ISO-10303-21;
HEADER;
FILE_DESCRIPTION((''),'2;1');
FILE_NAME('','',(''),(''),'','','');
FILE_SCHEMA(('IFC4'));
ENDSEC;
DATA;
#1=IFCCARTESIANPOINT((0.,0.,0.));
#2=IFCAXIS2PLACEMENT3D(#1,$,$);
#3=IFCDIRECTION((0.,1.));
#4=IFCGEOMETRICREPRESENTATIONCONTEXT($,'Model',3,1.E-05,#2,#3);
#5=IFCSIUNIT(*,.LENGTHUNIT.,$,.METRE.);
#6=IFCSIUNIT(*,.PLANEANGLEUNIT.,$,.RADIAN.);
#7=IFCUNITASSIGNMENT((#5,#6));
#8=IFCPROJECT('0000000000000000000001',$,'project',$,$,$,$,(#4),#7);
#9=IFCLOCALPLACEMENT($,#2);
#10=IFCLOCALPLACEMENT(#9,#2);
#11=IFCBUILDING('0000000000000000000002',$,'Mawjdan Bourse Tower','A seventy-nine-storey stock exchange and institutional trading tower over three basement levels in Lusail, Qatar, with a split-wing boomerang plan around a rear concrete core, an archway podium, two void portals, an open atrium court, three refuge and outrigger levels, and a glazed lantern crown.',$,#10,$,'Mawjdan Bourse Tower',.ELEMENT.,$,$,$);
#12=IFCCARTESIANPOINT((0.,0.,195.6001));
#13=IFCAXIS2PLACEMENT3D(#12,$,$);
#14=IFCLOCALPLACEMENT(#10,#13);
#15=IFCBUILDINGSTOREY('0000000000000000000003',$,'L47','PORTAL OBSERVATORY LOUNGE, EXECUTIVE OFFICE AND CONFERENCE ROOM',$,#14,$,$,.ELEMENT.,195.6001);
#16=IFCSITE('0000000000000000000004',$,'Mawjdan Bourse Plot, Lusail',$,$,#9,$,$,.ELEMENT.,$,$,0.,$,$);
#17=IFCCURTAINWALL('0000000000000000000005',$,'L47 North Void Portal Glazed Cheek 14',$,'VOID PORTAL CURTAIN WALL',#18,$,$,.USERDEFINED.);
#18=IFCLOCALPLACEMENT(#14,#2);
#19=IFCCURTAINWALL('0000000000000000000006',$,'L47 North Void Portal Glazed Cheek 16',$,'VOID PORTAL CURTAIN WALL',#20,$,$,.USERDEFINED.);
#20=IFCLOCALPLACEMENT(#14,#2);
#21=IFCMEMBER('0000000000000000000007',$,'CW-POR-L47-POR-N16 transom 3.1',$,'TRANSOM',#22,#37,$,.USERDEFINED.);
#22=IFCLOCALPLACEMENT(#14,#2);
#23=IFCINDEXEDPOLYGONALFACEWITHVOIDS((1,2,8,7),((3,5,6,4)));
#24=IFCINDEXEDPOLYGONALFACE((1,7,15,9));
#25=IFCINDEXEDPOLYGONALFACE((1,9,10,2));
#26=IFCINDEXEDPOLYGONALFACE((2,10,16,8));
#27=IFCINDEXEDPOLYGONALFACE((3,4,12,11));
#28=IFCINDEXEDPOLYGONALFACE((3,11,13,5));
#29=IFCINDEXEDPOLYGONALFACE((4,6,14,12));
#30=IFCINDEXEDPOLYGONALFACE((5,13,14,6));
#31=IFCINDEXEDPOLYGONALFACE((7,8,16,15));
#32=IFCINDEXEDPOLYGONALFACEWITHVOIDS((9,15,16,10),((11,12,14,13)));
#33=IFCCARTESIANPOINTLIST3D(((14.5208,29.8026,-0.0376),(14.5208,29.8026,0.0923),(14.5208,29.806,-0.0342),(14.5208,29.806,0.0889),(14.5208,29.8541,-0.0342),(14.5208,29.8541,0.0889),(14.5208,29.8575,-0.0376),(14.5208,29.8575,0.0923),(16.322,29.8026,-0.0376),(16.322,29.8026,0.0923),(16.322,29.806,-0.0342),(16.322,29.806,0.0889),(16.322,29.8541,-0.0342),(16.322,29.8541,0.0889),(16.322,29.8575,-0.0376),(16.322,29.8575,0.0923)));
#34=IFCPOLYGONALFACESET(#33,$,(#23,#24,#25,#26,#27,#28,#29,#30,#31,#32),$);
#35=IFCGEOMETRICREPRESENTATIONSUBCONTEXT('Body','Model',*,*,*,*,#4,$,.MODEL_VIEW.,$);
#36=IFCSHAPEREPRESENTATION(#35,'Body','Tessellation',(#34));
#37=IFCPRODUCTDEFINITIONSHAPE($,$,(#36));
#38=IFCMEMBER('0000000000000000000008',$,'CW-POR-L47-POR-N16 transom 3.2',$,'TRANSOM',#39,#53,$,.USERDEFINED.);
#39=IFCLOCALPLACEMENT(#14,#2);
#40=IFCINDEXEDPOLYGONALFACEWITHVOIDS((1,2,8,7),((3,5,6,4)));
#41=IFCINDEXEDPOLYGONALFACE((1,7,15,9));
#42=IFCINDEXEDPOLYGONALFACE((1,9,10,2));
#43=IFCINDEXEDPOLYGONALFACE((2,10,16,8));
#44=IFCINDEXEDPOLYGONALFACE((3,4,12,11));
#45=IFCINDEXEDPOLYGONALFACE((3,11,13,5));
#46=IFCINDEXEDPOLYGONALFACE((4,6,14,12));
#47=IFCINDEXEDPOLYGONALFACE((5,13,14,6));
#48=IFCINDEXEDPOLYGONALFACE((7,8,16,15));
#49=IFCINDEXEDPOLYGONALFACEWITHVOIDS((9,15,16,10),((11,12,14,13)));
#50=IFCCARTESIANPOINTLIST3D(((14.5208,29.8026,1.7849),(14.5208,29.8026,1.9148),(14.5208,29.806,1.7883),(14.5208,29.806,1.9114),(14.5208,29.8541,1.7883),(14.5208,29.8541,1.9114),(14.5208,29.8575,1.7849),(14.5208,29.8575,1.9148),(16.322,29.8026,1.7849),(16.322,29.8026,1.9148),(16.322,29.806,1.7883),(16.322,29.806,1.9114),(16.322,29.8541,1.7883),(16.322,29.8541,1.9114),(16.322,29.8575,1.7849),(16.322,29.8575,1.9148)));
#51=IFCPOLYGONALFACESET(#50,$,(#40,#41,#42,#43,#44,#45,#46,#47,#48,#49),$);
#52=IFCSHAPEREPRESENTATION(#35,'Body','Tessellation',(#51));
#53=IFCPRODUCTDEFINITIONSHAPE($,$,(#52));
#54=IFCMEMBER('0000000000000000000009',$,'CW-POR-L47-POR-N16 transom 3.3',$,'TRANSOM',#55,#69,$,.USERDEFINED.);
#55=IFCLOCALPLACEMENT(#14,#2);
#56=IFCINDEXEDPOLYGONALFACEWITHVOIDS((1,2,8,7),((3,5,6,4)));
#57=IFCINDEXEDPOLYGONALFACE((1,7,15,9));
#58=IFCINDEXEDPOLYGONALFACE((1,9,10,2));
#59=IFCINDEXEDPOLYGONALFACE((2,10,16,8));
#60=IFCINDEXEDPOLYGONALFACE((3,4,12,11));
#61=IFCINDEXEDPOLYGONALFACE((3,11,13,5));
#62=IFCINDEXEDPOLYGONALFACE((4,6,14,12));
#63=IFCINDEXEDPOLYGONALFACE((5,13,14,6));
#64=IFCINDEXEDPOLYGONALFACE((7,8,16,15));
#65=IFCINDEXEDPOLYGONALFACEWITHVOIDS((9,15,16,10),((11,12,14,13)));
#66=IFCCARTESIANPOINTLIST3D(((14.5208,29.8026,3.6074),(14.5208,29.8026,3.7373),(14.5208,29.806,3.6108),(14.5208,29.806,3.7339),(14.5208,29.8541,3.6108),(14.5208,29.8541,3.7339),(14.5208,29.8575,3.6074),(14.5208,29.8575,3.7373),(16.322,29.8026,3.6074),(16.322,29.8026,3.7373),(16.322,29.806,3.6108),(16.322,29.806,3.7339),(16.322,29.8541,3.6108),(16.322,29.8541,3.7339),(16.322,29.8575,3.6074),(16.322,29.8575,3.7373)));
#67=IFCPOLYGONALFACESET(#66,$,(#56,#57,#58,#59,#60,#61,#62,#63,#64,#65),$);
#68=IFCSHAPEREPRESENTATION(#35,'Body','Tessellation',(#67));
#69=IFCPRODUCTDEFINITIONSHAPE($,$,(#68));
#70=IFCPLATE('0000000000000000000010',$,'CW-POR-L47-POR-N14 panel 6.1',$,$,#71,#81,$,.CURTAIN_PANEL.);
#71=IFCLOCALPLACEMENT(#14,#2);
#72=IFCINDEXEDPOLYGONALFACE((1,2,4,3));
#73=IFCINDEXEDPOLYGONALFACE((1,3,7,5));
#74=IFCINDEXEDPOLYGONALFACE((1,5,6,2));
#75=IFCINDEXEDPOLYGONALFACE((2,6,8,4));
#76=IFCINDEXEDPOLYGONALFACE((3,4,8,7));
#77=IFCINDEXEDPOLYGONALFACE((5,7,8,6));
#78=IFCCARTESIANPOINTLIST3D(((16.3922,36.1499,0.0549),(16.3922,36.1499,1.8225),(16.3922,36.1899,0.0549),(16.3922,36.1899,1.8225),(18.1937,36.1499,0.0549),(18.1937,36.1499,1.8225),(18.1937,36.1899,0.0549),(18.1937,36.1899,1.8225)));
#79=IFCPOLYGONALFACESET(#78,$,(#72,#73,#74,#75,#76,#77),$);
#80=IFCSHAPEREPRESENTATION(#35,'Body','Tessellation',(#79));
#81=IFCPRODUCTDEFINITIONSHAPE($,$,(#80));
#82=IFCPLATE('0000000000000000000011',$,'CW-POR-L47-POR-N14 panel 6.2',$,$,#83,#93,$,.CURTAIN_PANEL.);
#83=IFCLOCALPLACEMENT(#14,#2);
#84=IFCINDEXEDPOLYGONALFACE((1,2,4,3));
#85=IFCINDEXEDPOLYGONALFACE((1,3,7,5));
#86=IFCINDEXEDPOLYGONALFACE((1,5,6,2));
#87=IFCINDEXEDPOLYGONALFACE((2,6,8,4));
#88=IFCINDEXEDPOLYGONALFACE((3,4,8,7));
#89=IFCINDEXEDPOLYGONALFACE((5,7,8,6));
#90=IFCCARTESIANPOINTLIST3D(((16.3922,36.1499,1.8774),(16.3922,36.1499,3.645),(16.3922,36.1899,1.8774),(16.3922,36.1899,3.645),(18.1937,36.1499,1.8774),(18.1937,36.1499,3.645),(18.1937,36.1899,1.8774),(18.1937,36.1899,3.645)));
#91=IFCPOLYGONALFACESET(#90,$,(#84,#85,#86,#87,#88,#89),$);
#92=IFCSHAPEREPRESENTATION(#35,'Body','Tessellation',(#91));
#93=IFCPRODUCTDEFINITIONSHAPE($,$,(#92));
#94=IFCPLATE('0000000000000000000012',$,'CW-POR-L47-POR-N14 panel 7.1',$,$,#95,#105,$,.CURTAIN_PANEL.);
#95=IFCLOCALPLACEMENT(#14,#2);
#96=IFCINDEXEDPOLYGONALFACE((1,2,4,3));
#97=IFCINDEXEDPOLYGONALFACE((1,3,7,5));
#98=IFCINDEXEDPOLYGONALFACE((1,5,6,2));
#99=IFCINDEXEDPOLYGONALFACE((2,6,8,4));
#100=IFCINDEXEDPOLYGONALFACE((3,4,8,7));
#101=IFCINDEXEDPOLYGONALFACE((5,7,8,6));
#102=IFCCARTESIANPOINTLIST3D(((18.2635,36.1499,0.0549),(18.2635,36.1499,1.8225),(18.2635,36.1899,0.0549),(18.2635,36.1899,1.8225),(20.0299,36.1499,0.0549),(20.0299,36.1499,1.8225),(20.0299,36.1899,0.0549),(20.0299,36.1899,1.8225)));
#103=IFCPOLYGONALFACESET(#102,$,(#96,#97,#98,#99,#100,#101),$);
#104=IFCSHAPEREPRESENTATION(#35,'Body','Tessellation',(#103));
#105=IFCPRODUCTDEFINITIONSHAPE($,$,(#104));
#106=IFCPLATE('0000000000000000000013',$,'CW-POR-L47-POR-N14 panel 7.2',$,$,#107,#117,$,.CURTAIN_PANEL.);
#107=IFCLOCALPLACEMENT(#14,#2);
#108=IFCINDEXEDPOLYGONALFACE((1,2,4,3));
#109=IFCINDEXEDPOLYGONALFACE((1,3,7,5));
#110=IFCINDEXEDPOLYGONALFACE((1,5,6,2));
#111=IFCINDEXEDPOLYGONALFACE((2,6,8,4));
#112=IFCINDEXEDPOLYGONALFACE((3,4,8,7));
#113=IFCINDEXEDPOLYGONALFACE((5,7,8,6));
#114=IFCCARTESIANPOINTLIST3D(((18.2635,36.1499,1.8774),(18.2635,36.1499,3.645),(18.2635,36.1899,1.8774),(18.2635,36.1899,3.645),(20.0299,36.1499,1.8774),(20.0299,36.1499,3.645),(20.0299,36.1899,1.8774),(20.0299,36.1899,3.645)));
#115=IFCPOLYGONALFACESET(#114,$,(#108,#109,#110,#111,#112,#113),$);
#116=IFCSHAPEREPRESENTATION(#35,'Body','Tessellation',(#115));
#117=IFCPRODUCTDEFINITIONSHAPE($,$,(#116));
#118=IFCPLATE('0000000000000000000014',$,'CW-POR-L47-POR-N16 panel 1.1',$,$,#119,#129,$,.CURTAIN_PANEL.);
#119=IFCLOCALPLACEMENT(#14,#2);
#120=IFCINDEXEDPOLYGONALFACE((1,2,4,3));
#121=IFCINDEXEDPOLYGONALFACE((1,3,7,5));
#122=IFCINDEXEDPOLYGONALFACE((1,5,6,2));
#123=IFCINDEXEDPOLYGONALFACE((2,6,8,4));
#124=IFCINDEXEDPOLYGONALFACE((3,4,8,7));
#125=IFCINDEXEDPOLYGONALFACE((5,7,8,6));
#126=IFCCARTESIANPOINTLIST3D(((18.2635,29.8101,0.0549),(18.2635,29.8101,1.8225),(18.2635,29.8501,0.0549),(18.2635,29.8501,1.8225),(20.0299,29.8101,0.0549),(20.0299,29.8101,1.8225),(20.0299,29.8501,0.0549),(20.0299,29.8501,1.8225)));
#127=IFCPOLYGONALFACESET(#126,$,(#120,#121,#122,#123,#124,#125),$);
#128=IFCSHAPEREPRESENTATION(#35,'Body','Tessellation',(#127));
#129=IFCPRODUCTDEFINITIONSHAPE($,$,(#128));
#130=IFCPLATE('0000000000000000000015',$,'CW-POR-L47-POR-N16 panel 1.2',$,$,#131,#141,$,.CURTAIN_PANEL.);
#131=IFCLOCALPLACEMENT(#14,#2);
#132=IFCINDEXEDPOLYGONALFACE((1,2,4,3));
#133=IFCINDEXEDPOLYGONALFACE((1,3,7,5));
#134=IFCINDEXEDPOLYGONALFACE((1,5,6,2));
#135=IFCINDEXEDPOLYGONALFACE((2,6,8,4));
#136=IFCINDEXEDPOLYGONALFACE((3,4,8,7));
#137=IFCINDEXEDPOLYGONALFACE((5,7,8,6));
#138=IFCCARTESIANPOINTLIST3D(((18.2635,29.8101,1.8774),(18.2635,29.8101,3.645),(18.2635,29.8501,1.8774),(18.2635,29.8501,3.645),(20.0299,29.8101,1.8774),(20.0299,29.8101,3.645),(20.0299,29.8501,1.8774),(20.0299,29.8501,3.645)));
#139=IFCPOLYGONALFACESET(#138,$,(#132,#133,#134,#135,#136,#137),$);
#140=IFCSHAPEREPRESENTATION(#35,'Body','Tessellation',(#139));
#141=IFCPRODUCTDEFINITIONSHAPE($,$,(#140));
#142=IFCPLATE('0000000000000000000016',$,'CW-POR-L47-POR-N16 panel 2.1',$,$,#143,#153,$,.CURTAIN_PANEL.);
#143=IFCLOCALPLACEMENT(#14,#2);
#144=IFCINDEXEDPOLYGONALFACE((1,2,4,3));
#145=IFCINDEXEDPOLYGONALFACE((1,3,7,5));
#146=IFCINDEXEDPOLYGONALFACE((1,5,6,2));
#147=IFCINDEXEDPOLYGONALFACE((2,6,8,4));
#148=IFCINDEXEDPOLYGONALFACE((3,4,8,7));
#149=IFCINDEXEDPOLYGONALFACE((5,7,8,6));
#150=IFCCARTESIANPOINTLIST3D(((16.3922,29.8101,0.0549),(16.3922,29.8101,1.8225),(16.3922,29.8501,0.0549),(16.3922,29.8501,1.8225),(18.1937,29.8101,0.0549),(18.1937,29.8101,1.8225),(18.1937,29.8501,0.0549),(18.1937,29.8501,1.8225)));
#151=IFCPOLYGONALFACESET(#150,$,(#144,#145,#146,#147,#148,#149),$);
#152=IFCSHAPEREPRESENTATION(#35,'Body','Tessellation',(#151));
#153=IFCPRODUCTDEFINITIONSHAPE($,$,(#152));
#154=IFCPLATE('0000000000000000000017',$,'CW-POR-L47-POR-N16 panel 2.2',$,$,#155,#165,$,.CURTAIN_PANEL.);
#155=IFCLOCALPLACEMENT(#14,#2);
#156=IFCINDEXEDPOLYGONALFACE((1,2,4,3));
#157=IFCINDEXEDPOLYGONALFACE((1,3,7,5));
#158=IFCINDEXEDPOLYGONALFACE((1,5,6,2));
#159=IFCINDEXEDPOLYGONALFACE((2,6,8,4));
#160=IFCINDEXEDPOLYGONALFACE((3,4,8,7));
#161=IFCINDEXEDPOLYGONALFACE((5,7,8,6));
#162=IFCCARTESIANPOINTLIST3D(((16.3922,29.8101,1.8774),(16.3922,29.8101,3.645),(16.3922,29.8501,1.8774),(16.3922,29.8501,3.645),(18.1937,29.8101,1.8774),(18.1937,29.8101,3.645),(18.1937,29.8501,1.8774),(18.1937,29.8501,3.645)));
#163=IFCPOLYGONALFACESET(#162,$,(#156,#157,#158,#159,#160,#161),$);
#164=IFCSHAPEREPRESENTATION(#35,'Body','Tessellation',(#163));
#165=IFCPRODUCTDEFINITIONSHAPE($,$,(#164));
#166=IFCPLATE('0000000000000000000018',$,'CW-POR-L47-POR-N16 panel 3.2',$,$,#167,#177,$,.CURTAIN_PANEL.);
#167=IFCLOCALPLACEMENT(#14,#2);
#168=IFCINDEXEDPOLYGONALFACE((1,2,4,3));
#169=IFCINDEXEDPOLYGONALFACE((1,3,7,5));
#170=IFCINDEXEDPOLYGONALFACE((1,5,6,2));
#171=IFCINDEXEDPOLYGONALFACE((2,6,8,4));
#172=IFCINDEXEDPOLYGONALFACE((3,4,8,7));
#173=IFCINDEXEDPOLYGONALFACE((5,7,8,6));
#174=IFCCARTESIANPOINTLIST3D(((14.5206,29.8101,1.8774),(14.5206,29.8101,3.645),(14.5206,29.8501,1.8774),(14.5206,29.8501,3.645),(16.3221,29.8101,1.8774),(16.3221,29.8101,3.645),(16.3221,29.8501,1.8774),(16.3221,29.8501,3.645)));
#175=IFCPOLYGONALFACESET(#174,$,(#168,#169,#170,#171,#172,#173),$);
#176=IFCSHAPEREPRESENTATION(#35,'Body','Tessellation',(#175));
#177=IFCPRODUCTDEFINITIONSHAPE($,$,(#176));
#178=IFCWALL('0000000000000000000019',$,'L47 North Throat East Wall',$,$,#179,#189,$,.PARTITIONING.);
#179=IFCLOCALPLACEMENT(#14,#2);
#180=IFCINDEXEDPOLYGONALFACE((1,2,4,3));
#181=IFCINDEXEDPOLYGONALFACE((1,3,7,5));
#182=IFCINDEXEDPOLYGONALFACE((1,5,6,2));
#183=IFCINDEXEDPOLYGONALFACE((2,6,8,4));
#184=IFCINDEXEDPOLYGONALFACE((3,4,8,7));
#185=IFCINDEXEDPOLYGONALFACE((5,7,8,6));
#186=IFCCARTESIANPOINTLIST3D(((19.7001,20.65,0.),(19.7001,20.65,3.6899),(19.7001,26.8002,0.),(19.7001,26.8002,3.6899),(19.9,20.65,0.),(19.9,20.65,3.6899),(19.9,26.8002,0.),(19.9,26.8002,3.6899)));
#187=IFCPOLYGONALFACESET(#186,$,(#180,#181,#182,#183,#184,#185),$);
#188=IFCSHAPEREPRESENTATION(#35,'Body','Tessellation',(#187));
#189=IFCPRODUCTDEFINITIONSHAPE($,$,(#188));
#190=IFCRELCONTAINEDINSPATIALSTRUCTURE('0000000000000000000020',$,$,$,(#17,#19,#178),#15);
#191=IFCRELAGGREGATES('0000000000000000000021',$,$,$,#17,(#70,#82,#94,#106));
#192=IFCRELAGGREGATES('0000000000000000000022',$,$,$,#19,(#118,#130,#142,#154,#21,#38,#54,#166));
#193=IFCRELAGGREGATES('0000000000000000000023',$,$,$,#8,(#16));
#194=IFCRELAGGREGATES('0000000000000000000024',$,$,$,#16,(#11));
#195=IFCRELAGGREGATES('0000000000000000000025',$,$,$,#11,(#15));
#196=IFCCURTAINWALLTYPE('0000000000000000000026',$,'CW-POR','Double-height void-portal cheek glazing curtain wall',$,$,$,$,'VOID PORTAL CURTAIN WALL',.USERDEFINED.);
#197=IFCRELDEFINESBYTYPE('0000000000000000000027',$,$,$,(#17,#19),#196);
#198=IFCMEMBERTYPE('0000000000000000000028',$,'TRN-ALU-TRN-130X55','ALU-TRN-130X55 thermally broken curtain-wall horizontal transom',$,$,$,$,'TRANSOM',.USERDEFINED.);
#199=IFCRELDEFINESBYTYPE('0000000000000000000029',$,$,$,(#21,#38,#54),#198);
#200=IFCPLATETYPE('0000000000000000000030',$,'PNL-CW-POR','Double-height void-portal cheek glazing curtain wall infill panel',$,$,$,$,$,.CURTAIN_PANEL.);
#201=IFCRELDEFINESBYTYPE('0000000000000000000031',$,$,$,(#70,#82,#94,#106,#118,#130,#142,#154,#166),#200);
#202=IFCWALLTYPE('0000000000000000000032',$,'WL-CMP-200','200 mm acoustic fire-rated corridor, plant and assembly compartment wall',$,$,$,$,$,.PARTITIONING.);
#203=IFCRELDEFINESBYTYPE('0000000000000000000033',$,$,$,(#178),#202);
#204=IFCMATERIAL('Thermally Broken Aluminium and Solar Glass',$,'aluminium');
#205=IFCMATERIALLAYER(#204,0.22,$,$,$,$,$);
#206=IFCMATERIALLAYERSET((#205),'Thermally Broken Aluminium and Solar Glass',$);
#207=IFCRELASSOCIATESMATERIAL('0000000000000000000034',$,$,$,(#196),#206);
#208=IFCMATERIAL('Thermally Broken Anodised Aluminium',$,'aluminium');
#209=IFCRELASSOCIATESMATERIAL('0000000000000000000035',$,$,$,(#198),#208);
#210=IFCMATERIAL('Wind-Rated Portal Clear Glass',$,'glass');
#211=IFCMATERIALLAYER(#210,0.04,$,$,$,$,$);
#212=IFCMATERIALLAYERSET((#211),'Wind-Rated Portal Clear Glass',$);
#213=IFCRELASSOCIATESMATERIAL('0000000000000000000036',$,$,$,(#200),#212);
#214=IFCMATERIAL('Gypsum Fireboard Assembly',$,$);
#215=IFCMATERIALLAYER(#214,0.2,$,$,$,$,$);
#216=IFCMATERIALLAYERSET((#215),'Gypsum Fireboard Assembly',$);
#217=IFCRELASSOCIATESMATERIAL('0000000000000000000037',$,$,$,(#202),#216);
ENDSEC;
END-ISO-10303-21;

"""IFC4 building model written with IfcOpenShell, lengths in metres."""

from ifc_helpers import new_model, si_unit, direction, frame, frame_2d, origin, origin_2d, place, context, subcontext, project, spatial, rectangle, hollow_rectangle, extrude, material, layer, layer_set, material_profile, profile_set, type_object, element, aggregate, save


model = new_model("IFC4")

# Units and contexts
model_context = context("Model", 3, precision=1e-05, world=origin(), true_north=direction((0.0, 1.0)))
body_context = subcontext(model_context, "Body", "Model", "MODEL_VIEW")
ifc_project = project(units=[si_unit("LENGTHUNIT", "METRE"), si_unit("PLANEANGLEUNIT", "RADIAN")], contexts=[model_context])

# Site, building, storey
site_placement = place(None, origin())
site = spatial("IfcSite", under=ifc_project, at=site_placement, Name="Mawjdan Bourse Plot, Lusail", CompositionType="ELEMENT", RefElevation=0.0)
building_placement = place(site_placement, origin())
building = spatial("IfcBuilding", under=site, at=building_placement, Name="Mawjdan Bourse Tower", Description="A seventy-nine-storey stock exchange and institutional trading tower over three basement levels in Lusail, Qatar, with a split-wing boomerang plan around a rear concrete core, an archway podium, two void portals, an open atrium court, three refuge and outrigger levels, and a glazed lantern crown.", LongName="Mawjdan Bourse Tower", CompositionType="ELEMENT")
storey_placement = place(building_placement, frame((0.0, 0.0, 195.6001)))
storey = spatial("IfcBuildingStorey", under=building, at=storey_placement, Name="L47", Description="PORTAL OBSERVATORY LOUNGE, EXECUTIVE OFFICE AND CONFERENCE ROOM", CompositionType="ELEMENT", Elevation=195.6001)

# Curtain walls
ifc_material_1 = material(Name="Thermally Broken Aluminium and Solar Glass", Category="aluminium")
ifc_layer_1 = layer(ifc_material_1, 0.22)
ifc_layer_set_1 = layer_set([ifc_layer_1], Name="Thermally Broken Aluminium and Solar Glass")
curtain_wall_type = type_object("IfcCurtainWallType", Name="CW-POR", Description="Double-height void-portal cheek glazing curtain wall", ElementType="VOID PORTAL CURTAIN WALL", PredefinedType="USERDEFINED", material=ifc_layer_set_1)
curtain_wall_1_placement = place(storey_placement, origin())
curtain_wall_1 = element("IfcCurtainWall", 1, at=curtain_wall_1_placement, inside=storey, type_object=curtain_wall_type, Name="L47 North Void Portal Glazed Cheek 14", ObjectType="VOID PORTAL CURTAIN WALL", PredefinedType="USERDEFINED")
ifc_material_2 = material(Name="Thermally Broken Anodised Aluminium", Category="aluminium")
curtain_wall_2_placement = place(storey_placement, origin())
curtain_wall_2 = element("IfcCurtainWall", 2, at=curtain_wall_2_placement, inside=storey, type_object=curtain_wall_type, Name="L47 North Void Portal Glazed Cheek 16", ObjectType="VOID PORTAL CURTAIN WALL", PredefinedType="USERDEFINED")

# Members
ifc_material_profile_1 = material_profile(ifc_material_2, hollow_rectangle(XDim=0.0549, YDim=0.1299, WallThickness=0.0034, at=origin_2d()), Name="ALU-TRN-130X55")
ifc_profile_set_1 = profile_set([ifc_material_profile_1], Name="Thermally Broken Anodised Aluminium")
member_type_1 = type_object("IfcMemberType", Name="TRN-ALU-TRN-130X55", Description="ALU-TRN-130X55 thermally broken curtain-wall horizontal transom", ElementType="TRANSOM", PredefinedType="USERDEFINED", material=ifc_profile_set_1)
member_1_placement = place(storey_placement, frame((16.322, 29.8301, 0.0273), z_axis=(-1.0, 0.0, 0.0), x_axis=(0.0, -1.0, 0.0)))
member_1 = element("IfcMember", 3, at=member_1_placement, type_object=member_type_1, Name="CW-POR-L47-POR-N16 transom 3.1", ObjectType="TRANSOM", PredefinedType="USERDEFINED", context=body_context, shape_type="SweptSolid", body=[
    extrude(hollow_rectangle(XDim=0.0549, YDim=0.1299, WallThickness=0.0034, at=origin_2d()), origin(), (0.0, 0.0, 1.0), 1.8013),
])
member_2_placement = place(storey_placement, frame((16.322, 29.8301, 1.8499), z_axis=(-1.0, 0.0, 0.0), x_axis=(0.0, -1.0, 0.0)))
member_2 = element("IfcMember", 4, at=member_2_placement, type_object=member_type_1, Name="CW-POR-L47-POR-N16 transom 3.2", ObjectType="TRANSOM", PredefinedType="USERDEFINED", context=body_context, shape_type="SweptSolid", body=[
    extrude(hollow_rectangle(XDim=0.0549, YDim=0.1299, WallThickness=0.0034, at=origin_2d()), origin(), (0.0, 0.0, 1.0), 1.8013),
])
member_3_placement = place(storey_placement, frame((16.322, 29.8301, 3.6724), z_axis=(-1.0, 0.0, 0.0), x_axis=(0.0, -1.0, 0.0)))
member_3 = element("IfcMember", 5, at=member_3_placement, type_object=member_type_1, Name="CW-POR-L47-POR-N16 transom 3.3", ObjectType="TRANSOM", PredefinedType="USERDEFINED", context=body_context, shape_type="SweptSolid", body=[
    extrude(hollow_rectangle(XDim=0.0549, YDim=0.1299, WallThickness=0.0034, at=origin_2d()), origin(), (0.0, 0.0, 1.0), 1.8013),
])

# Plates
ifc_material_3 = material(Name="Wind-Rated Portal Clear Glass", Category="glass")
ifc_layer_2 = layer(ifc_material_3, 0.04)
ifc_layer_set_2 = layer_set([ifc_layer_2], Name="Wind-Rated Portal Clear Glass")
plate_type = type_object("IfcPlateType", Name="PNL-CW-POR", Description="Double-height void-portal cheek glazing curtain wall infill panel", PredefinedType="CURTAIN_PANEL", material=ifc_layer_set_2)
plate_1_placement = place(storey_placement, frame((17.293, 36.1699, 0.0549), z_axis=(0.0, 0.0, 1.0), x_axis=(1.0, 0.0, 0.0)))
plate_1 = element("IfcPlate", 6, at=plate_1_placement, type_object=plate_type, Name="CW-POR-L47-POR-N14 panel 6.1", PredefinedType="CURTAIN_PANEL", context=body_context, shape_type="SweptSolid", body=[
    extrude(rectangle(XDim=1.8015, YDim=0.04, at=origin_2d()), origin(), (0.0, 0.0, 1.0), 1.7676),
])
plate_2_placement = place(storey_placement, frame((17.293, 36.1699, 1.8774), z_axis=(0.0, 0.0, 1.0), x_axis=(1.0, 0.0, 0.0)))
plate_2 = element("IfcPlate", 7, at=plate_2_placement, type_object=plate_type, Name="CW-POR-L47-POR-N14 panel 6.2", PredefinedType="CURTAIN_PANEL", context=body_context, shape_type="SweptSolid", body=[
    extrude(rectangle(XDim=1.8015, YDim=0.04, at=origin_2d()), origin(), (0.0, 0.0, 1.0), 1.7676),
])
plate_3_placement = place(storey_placement, frame((19.1467, 36.1699, 0.0549), z_axis=(0.0, 0.0, 1.0), x_axis=(1.0, 0.0, 0.0)))
plate_3 = element("IfcPlate", 8, at=plate_3_placement, type_object=plate_type, Name="CW-POR-L47-POR-N14 panel 7.1", PredefinedType="CURTAIN_PANEL", context=body_context, shape_type="SweptSolid", body=[
    extrude(rectangle(XDim=1.7664, YDim=0.04, at=origin_2d()), origin(), (0.0, 0.0, 1.0), 1.7676),
])
plate_4_placement = place(storey_placement, frame((19.1467, 36.1699, 1.8774), z_axis=(0.0, 0.0, 1.0), x_axis=(1.0, 0.0, 0.0)))
plate_4 = element("IfcPlate", 9, at=plate_4_placement, type_object=plate_type, Name="CW-POR-L47-POR-N14 panel 7.2", PredefinedType="CURTAIN_PANEL", context=body_context, shape_type="SweptSolid", body=[
    extrude(rectangle(XDim=1.7664, YDim=0.04, at=origin_2d()), origin(), (0.0, 0.0, 1.0), 1.7676),
])
aggregate(curtain_wall_1, [plate_1, plate_2, plate_3, plate_4])
plate_5_placement = place(storey_placement, frame((19.1467, 29.8301, 0.0549), z_axis=(0.0, 0.0, 1.0), x_axis=(-1.0, 0.0, 0.0)))
plate_5 = element("IfcPlate", 10, at=plate_5_placement, type_object=plate_type, Name="CW-POR-L47-POR-N16 panel 1.1", PredefinedType="CURTAIN_PANEL", context=body_context, shape_type="SweptSolid", body=[
    extrude(rectangle(XDim=1.7664, YDim=0.04, at=origin_2d()), origin(), (0.0, 0.0, 1.0), 1.7676),
])
plate_6_placement = place(storey_placement, frame((19.1467, 29.8301, 1.8774), z_axis=(0.0, 0.0, 1.0), x_axis=(-1.0, 0.0, 0.0)))
plate_6 = element("IfcPlate", 11, at=plate_6_placement, type_object=plate_type, Name="CW-POR-L47-POR-N16 panel 1.2", PredefinedType="CURTAIN_PANEL", context=body_context, shape_type="SweptSolid", body=[
    extrude(rectangle(XDim=1.7664, YDim=0.04, at=origin_2d()), origin(), (0.0, 0.0, 1.0), 1.7676),
])
plate_7_placement = place(storey_placement, frame((17.293, 29.8301, 0.0549), z_axis=(0.0, 0.0, 1.0), x_axis=(-1.0, 0.0, 0.0)))
plate_7 = element("IfcPlate", 12, at=plate_7_placement, type_object=plate_type, Name="CW-POR-L47-POR-N16 panel 2.1", PredefinedType="CURTAIN_PANEL", context=body_context, shape_type="SweptSolid", body=[
    extrude(rectangle(XDim=1.8015, YDim=0.04, at=origin_2d()), origin(), (0.0, 0.0, 1.0), 1.7676),
])
plate_8_placement = place(storey_placement, frame((17.293, 29.8301, 1.8774), z_axis=(0.0, 0.0, 1.0), x_axis=(-1.0, 0.0, 0.0)))
plate_8 = element("IfcPlate", 13, at=plate_8_placement, type_object=plate_type, Name="CW-POR-L47-POR-N16 panel 2.2", PredefinedType="CURTAIN_PANEL", context=body_context, shape_type="SweptSolid", body=[
    extrude(rectangle(XDim=1.8015, YDim=0.04, at=origin_2d()), origin(), (0.0, 0.0, 1.0), 1.7676),
])
plate_9_placement = place(storey_placement, frame((15.4214, 29.8301, 1.8774), z_axis=(0.0, 0.0, 1.0), x_axis=(-1.0, 0.0, 0.0)))
plate_9 = element("IfcPlate", 14, at=plate_9_placement, type_object=plate_type, Name="CW-POR-L47-POR-N16 panel 3.2", PredefinedType="CURTAIN_PANEL", context=body_context, shape_type="SweptSolid", body=[
    extrude(rectangle(XDim=1.8015, YDim=0.04, at=origin_2d()), origin(), (0.0, 0.0, 1.0), 1.7676),
])
aggregate(curtain_wall_2, [plate_5, plate_6, plate_7, plate_8, member_1, member_2, member_3, plate_9])

# Wall
ifc_material_4 = material(Name="Gypsum Fireboard Assembly")
ifc_layer_3 = layer(ifc_material_4, 0.2)
ifc_layer_set_3 = layer_set([ifc_layer_3], Name="Gypsum Fireboard Assembly")
wall_type_1 = type_object("IfcWallType", Name="WL-CMP-200", Description="200 mm acoustic fire-rated corridor, plant and assembly compartment wall", PredefinedType="PARTITIONING", material=ifc_layer_set_3)
wall_1_placement = place(storey_placement, frame((19.8, 20.6499, 0.0), z_axis=(0.0, 0.0, 1.0), x_axis=(0.0, 1.0, 0.0)))
element("IfcWall", 15, at=wall_1_placement, inside=storey, type_object=wall_type_1, Name="L47 North Throat East Wall", PredefinedType="PARTITIONING", context=body_context, shape_type="SweptSolid", body=[
    extrude(rectangle(XDim=6.1501, YDim=0.2, at=frame_2d((3.0752, 0.0))), origin(), (0.0, 0.0, 1.0), 3.6899),
])

save(model, "model.ifc")
